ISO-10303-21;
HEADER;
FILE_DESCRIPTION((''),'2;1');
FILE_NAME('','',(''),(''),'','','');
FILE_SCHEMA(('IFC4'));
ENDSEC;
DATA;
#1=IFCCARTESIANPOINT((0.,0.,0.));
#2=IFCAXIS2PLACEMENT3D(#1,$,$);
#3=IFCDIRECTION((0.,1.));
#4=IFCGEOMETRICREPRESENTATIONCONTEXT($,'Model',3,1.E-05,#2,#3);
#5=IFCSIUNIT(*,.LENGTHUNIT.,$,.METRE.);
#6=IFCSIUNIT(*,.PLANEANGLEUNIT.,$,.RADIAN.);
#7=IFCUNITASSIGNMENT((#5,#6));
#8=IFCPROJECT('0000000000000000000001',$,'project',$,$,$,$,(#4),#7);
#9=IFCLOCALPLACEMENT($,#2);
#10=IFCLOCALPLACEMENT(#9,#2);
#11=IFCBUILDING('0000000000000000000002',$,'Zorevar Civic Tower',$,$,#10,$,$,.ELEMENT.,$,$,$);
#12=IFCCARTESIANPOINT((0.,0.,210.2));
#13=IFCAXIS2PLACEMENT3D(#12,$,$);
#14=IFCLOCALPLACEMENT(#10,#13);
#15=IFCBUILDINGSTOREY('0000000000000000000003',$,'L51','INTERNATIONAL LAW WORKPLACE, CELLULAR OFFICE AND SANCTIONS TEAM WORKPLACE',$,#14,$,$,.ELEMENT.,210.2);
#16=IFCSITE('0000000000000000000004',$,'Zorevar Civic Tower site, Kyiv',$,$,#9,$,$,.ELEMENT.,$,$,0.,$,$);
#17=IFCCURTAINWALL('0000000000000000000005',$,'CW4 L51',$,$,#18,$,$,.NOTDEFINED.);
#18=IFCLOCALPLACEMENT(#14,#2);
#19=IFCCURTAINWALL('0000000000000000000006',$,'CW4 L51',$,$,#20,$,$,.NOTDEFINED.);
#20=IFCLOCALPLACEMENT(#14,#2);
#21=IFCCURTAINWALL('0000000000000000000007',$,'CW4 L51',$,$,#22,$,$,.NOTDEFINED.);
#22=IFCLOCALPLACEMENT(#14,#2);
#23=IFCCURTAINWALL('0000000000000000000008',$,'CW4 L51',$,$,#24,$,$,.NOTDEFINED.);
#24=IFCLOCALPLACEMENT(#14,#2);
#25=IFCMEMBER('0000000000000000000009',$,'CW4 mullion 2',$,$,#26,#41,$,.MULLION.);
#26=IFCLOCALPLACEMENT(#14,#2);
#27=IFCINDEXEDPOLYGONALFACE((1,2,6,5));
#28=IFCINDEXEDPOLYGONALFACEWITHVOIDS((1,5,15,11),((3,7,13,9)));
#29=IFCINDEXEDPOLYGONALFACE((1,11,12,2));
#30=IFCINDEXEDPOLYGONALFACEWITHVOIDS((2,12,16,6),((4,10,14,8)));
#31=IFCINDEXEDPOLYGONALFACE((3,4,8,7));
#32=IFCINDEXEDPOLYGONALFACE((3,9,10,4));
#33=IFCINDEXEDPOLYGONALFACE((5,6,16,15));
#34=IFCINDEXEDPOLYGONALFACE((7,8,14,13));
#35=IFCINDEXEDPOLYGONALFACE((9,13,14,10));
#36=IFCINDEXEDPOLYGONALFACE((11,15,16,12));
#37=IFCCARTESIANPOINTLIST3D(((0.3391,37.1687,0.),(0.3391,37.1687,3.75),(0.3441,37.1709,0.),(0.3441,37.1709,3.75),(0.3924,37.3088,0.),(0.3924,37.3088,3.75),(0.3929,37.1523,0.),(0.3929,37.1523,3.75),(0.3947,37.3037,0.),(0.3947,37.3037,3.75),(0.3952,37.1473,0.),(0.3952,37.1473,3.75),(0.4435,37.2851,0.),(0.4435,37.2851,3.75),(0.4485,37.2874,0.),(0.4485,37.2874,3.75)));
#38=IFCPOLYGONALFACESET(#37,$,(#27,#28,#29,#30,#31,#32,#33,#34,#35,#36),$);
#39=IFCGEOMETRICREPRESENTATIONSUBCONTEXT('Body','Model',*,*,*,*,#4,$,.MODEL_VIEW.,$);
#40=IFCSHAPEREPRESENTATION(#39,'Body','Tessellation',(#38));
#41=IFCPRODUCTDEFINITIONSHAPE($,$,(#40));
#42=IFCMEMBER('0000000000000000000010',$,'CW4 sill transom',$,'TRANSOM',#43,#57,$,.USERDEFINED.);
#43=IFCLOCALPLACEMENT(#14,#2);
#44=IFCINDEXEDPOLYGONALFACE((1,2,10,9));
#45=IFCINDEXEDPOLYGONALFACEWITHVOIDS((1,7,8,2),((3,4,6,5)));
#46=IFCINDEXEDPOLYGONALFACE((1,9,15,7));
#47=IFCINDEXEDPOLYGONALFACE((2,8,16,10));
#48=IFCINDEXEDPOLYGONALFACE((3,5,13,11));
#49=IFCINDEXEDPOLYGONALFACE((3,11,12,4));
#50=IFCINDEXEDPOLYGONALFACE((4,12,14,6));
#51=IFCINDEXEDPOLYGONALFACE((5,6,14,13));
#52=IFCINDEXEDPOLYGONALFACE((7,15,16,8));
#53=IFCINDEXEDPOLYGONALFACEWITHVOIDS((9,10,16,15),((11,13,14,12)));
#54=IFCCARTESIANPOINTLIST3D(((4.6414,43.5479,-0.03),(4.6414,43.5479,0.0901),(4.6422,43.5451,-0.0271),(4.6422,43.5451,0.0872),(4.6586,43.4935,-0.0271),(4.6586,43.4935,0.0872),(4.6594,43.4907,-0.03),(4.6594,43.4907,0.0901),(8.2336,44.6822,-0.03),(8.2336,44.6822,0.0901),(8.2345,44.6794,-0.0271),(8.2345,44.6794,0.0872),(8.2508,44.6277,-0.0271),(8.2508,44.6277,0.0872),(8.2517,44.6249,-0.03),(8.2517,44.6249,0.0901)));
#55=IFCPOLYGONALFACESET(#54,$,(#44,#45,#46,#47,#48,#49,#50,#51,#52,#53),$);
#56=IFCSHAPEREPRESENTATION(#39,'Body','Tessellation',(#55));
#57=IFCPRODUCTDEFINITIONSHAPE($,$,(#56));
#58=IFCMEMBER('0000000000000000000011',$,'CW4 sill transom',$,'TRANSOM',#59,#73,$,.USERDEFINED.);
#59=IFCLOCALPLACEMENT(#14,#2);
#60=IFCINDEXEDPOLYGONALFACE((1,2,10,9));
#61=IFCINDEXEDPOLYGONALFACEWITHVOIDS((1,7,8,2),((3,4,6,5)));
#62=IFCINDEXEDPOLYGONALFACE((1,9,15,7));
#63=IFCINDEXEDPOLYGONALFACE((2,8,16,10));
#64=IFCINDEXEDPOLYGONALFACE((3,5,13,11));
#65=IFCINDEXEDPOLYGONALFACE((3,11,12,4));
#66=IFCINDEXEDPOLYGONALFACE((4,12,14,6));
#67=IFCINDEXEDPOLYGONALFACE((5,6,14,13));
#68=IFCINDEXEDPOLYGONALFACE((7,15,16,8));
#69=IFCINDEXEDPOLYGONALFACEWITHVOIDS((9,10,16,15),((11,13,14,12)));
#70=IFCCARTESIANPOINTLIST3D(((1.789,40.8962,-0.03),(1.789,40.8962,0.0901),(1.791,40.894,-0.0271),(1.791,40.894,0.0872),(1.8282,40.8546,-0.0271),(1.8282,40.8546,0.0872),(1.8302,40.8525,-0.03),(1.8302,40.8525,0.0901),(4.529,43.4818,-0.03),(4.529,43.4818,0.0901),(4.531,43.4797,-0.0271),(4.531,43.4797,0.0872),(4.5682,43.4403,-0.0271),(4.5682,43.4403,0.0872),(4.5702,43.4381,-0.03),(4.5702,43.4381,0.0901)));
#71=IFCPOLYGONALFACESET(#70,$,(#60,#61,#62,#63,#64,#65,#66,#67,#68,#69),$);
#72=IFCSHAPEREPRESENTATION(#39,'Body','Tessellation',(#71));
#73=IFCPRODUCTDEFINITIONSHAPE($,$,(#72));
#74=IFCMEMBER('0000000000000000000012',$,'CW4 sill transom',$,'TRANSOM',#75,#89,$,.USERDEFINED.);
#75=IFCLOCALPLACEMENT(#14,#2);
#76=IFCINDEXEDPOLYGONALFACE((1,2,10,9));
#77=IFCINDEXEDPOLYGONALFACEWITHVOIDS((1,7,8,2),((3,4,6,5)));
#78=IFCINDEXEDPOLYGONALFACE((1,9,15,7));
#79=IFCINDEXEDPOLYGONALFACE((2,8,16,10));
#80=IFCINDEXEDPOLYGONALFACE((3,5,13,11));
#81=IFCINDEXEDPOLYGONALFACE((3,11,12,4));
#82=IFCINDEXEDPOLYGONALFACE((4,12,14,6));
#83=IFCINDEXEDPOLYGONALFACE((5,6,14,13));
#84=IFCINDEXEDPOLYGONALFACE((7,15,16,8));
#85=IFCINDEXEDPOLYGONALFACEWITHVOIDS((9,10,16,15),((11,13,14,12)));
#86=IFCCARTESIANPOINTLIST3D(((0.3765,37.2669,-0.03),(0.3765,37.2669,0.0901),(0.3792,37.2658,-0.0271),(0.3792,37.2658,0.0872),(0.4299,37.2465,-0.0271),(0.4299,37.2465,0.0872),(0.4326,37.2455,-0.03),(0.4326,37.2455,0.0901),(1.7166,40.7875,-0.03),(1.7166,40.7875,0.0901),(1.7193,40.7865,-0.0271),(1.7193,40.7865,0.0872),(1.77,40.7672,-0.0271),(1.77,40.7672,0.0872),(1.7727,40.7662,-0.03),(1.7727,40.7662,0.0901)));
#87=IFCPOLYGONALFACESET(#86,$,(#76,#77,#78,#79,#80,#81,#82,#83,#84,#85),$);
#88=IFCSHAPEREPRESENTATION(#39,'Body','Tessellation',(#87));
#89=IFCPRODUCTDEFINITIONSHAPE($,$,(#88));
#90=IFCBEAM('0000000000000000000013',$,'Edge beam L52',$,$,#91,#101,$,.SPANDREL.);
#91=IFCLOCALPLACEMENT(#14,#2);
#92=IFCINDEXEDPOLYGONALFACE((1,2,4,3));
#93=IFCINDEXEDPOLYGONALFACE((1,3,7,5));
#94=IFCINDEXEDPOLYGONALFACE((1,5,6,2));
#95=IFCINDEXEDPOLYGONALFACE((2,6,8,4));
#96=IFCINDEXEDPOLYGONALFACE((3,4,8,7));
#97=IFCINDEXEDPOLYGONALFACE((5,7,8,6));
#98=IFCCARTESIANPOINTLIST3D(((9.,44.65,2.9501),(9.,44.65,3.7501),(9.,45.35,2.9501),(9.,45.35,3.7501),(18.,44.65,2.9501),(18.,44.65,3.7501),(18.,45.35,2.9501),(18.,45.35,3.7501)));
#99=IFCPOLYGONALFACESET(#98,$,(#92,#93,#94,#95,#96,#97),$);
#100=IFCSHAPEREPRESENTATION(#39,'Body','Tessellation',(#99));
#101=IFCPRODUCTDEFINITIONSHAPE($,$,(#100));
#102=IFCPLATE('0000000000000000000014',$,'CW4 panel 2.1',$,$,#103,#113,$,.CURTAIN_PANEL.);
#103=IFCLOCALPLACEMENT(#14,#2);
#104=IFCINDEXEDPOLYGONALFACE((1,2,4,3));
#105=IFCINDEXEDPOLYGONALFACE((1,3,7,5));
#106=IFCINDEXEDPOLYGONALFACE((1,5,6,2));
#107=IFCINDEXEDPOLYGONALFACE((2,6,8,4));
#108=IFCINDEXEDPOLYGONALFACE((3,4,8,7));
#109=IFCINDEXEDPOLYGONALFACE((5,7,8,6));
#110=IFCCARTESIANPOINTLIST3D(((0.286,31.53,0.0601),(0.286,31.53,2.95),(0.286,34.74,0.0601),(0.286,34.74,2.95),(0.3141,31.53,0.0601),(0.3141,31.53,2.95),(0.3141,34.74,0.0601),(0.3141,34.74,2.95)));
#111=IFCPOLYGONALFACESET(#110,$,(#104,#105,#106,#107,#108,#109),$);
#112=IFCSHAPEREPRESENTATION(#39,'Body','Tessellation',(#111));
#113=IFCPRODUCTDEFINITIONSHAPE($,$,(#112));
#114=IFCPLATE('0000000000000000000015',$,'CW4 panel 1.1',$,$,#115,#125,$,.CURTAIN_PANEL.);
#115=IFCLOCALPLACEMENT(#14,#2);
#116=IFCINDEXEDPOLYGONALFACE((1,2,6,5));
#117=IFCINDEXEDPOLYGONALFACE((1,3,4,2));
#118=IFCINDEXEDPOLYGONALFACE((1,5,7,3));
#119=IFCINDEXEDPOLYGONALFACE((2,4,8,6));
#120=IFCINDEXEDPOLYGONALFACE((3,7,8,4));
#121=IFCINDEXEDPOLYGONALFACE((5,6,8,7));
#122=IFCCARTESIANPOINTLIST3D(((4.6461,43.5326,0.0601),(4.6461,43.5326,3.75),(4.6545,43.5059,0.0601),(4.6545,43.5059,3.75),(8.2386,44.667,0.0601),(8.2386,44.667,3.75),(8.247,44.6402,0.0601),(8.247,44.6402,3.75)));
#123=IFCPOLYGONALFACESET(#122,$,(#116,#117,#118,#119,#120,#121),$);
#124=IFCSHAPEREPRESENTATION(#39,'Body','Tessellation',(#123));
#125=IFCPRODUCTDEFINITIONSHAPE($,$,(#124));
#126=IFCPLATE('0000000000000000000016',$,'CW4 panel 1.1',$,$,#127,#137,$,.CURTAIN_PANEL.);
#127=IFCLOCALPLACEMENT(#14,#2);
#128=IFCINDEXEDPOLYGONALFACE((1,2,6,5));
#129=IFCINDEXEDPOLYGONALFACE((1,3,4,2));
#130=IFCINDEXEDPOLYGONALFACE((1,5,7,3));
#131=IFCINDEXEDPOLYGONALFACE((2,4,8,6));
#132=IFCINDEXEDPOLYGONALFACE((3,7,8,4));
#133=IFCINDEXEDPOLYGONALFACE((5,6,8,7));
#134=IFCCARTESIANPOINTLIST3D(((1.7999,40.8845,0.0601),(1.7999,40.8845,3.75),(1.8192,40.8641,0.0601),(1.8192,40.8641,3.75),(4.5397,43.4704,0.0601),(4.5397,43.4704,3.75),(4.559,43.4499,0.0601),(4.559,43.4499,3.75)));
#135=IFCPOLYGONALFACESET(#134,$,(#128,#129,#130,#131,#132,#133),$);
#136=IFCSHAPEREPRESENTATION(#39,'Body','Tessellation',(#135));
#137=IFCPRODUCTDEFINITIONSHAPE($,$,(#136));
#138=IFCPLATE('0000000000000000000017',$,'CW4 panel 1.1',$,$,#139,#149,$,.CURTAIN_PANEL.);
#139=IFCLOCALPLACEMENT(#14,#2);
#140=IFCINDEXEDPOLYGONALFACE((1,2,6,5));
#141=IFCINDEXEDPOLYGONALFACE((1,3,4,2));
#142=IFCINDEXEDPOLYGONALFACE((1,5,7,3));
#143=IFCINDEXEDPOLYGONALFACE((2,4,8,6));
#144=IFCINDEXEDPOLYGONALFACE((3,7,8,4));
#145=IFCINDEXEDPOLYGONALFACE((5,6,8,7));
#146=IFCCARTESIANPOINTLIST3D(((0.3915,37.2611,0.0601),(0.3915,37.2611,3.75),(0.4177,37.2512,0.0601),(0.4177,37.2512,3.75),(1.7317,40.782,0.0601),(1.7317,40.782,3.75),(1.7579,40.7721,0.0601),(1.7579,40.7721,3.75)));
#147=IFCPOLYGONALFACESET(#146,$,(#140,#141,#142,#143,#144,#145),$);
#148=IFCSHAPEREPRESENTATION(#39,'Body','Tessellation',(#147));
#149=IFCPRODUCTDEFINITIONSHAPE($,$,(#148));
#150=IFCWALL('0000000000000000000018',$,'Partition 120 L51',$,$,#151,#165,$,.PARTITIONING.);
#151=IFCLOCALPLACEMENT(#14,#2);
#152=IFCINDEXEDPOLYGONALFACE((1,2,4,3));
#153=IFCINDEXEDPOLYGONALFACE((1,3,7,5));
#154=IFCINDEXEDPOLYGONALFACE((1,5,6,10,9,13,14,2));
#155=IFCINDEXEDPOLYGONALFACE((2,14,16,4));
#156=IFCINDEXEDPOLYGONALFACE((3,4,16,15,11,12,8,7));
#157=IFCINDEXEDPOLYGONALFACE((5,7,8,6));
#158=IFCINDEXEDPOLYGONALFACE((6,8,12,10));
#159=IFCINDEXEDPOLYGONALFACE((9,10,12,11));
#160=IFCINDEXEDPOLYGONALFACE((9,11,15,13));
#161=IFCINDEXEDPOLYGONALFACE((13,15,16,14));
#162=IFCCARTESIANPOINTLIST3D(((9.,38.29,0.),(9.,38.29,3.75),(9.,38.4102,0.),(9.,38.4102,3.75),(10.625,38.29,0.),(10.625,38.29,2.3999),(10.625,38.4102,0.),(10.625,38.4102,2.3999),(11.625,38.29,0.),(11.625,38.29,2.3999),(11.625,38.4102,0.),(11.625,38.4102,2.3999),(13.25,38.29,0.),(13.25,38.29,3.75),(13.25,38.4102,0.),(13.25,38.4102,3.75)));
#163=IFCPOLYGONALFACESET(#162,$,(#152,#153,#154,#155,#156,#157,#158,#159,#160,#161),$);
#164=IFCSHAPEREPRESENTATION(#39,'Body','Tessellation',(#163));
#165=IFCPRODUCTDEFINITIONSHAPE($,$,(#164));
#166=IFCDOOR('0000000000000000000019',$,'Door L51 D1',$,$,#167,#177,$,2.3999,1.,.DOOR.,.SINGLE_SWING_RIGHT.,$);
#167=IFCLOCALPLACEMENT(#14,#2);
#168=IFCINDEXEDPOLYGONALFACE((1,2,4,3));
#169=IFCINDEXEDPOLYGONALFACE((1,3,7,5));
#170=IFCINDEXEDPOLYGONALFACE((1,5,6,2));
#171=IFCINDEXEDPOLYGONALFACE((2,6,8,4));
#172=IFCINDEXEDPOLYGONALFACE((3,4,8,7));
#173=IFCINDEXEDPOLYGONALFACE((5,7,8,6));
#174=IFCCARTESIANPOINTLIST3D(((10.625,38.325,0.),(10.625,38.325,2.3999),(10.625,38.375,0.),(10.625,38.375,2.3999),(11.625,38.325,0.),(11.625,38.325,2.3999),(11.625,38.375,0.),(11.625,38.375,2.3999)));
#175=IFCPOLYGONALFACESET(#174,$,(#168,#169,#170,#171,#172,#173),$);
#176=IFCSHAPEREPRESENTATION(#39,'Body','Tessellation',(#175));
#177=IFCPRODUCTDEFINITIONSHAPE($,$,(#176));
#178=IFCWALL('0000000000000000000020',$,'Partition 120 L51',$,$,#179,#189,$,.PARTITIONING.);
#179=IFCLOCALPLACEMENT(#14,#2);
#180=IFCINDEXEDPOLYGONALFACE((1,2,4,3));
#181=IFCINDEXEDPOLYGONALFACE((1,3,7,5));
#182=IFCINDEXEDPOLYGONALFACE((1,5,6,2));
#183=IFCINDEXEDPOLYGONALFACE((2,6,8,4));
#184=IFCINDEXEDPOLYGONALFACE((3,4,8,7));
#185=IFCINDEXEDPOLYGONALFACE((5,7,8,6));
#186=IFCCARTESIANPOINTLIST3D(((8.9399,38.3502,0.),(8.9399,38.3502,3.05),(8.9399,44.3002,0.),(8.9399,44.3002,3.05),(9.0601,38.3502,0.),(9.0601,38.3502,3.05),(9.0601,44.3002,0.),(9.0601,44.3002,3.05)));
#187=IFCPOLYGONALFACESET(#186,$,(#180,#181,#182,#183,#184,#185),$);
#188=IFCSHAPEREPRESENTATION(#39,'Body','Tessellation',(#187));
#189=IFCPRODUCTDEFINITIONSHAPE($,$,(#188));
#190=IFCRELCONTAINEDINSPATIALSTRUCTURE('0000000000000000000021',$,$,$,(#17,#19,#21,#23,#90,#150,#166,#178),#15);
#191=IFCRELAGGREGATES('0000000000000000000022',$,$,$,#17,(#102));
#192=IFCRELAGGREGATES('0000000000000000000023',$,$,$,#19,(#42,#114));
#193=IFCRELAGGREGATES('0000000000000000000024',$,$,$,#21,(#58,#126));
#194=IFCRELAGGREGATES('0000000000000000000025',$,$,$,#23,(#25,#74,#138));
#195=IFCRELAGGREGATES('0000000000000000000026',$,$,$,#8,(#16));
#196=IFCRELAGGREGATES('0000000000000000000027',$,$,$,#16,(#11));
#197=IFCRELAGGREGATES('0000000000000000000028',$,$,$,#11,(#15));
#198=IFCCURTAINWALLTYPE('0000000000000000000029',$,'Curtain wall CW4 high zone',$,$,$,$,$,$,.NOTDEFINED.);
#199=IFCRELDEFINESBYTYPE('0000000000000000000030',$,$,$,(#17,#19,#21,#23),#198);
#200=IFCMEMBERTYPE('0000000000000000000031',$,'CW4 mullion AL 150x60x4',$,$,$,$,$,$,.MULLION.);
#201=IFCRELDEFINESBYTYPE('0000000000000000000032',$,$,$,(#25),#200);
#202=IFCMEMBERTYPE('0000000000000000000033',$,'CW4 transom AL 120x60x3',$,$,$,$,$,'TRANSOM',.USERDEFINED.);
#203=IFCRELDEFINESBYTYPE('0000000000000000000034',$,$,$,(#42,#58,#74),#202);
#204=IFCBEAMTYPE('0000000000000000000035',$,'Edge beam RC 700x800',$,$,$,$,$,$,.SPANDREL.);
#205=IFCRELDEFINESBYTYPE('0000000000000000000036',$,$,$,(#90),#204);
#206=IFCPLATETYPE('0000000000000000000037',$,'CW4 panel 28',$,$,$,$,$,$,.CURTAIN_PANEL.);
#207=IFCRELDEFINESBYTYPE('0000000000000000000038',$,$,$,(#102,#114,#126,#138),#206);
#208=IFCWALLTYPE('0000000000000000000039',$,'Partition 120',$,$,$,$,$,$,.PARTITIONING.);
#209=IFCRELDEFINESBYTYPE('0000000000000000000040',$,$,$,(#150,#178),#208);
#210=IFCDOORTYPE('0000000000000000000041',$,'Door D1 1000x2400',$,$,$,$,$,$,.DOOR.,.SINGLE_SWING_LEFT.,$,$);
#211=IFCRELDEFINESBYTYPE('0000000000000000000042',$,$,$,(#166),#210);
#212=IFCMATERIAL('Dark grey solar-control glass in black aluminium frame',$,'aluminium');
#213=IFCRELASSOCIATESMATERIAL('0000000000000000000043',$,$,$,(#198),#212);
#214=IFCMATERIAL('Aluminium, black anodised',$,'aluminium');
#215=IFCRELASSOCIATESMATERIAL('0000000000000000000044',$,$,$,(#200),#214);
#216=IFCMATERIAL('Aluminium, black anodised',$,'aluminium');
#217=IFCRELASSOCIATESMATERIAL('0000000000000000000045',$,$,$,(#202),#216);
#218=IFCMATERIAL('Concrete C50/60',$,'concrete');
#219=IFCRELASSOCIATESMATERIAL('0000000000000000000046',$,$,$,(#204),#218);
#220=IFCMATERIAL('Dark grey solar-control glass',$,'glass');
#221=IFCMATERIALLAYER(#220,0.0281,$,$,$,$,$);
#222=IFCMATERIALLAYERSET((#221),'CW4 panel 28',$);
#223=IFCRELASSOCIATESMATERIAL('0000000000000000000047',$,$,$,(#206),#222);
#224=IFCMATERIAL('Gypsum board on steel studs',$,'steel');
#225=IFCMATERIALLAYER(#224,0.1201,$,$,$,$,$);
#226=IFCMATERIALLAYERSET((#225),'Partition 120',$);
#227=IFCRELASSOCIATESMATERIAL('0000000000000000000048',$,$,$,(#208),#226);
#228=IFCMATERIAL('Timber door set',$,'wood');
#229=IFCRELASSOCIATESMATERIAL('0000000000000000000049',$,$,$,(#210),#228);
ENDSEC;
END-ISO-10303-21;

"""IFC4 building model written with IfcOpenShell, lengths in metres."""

from ifc_helpers import new_model, si_unit, direction, frame, frame_2d, origin, origin_2d, place, context, subcontext, project, spatial, rectangle, hollow_rectangle, extrude, material, layer, layer_set, material_profile, profile_set, type_object, element, fill, aggregate, save


model = new_model("IFC4")

# Units and contexts
model_context = context("Model", 3, precision=1e-05, world=origin(), true_north=direction((0.0, 1.0)))
body_context = subcontext(model_context, "Body", "Model", "MODEL_VIEW")
ifc_project = project(units=[si_unit("LENGTHUNIT", "METRE"), si_unit("PLANEANGLEUNIT", "RADIAN")], contexts=[model_context])

# Site, building, storey
site_placement = place(None, origin())
site = spatial("IfcSite", under=ifc_project, at=site_placement, Name="Zorevar Civic Tower site, Kyiv", CompositionType="ELEMENT", RefElevation=0.0)
building_placement = place(site_placement, origin())
building = spatial("IfcBuilding", under=site, at=building_placement, Name="Zorevar Civic Tower", CompositionType="ELEMENT")
storey_placement = place(building_placement, frame((0.0, 0.0, 210.2)))
storey = spatial("IfcBuildingStorey", under=building, at=storey_placement, Name="L51", Description="INTERNATIONAL LAW WORKPLACE, CELLULAR OFFICE AND SANCTIONS TEAM WORKPLACE", CompositionType="ELEMENT", Elevation=210.2)

# Curtain wall
ifc_material_1 = material(Name="Dark grey solar-control glass in black aluminium frame", Category="aluminium")
curtain_wall_type = type_object("IfcCurtainWallType", Name="Curtain wall CW4 high zone", PredefinedType="NOTDEFINED", material=ifc_material_1)
curtain_wall_1_placement = place(storey_placement, origin())
curtain_wall_1 = element("IfcCurtainWall", 1, at=curtain_wall_1_placement, inside=storey, type_object=curtain_wall_type, Name="CW4 L51", PredefinedType="NOTDEFINED")
ifc_material_2 = material(Name="Aluminium, black anodised", Category="aluminium")
ifc_material_profile_1 = material_profile(ifc_material_2, hollow_rectangle(XDim=0.0601, YDim=0.1499, WallThickness=0.0039, at=origin_2d()), Name="AL 150x60x4")
ifc_profile_set_1 = profile_set([ifc_material_profile_1], Name="Aluminium, black anodised")
member_type_1 = type_object("IfcMemberType", Name="CW4 mullion AL 150x60x4", PredefinedType="MULLION", material=ifc_profile_set_1)

# Curtain walls, member
curtain_wall_2_placement = place(storey_placement, origin())
curtain_wall_2 = element("IfcCurtainWall", 2, at=curtain_wall_2_placement, inside=storey, type_object=curtain_wall_type, Name="CW4 L51", PredefinedType="NOTDEFINED")
curtain_wall_3_placement = place(storey_placement, origin())
curtain_wall_3 = element("IfcCurtainWall", 3, at=curtain_wall_3_placement, inside=storey, type_object=curtain_wall_type, Name="CW4 L51", PredefinedType="NOTDEFINED")
curtain_wall_4_placement = place(storey_placement, origin())
curtain_wall_4 = element("IfcCurtainWall", 4, at=curtain_wall_4_placement, inside=storey, type_object=curtain_wall_type, Name="CW4 L51", PredefinedType="NOTDEFINED")
member_1_placement = place(storey_placement, frame((0.3938, 37.228, 0.0), z_axis=(0.0, 0.0, 1.0), x_axis=(0.934588, -0.355731, 0.0)))
member_1 = element("IfcMember", 5, at=member_1_placement, type_object=member_type_1, Name="CW4 mullion 2", PredefinedType="MULLION", context=body_context, shape_type="SweptSolid", body=[
    extrude(hollow_rectangle(XDim=0.0601, YDim=0.1499, WallThickness=0.0039, at=origin_2d()), origin(), (0.0, 0.0, 1.0), 3.75),
])

# Members
ifc_material_3 = material(Name="Aluminium, black anodised", Category="aluminium")
ifc_material_profile_2 = material_profile(ifc_material_3, hollow_rectangle(XDim=0.0601, YDim=0.1201, WallThickness=0.0029, at=origin_2d()), Name="AL 120x60x3")
ifc_profile_set_2 = profile_set([ifc_material_profile_2], Name="Aluminium, black anodised")
member_type_2 = type_object("IfcMemberType", Name="CW4 transom AL 120x60x3", ElementType="TRANSOM", PredefinedType="USERDEFINED", material=ifc_profile_set_2)
member_2_placement = place(storey_placement, frame((8.2427, 44.6536, 0.03), z_axis=(-0.953592, -0.3011, 0.0), x_axis=(0.3011, -0.953592, 0.0)))
member_2 = element("IfcMember", 6, at=member_2_placement, type_object=member_type_2, Name="CW4 sill transom", ObjectType="TRANSOM", PredefinedType="USERDEFINED", context=body_context, shape_type="SweptSolid", body=[
    extrude(hollow_rectangle(XDim=0.0601, YDim=0.1201, WallThickness=0.0029, at=origin_2d()), origin(), (0.0, 0.0, 1.0), 3.7671),
])
member_3_placement = place(storey_placement, frame((4.5496, 43.46, 0.03), z_axis=(-0.727288, -0.686332, 0.0), x_axis=(0.686332, -0.727288, 0.0)))
member_3 = element("IfcMember", 7, at=member_3_placement, type_object=member_type_2, Name="CW4 sill transom", ObjectType="TRANSOM", PredefinedType="USERDEFINED", context=body_context, shape_type="SweptSolid", body=[
    extrude(hollow_rectangle(XDim=0.0601, YDim=0.1201, WallThickness=0.0029, at=origin_2d()), origin(), (0.0, 0.0, 1.0), 3.7673),
])
member_4_placement = place(storey_placement, frame((1.7446, 40.7769, 0.03), z_axis=(-0.355729, -0.934589, 0.0), x_axis=(0.934589, -0.355729, 0.0)))
member_4 = element("IfcMember", 8, at=member_4_placement, type_object=member_type_2, Name="CW4 sill transom", ObjectType="TRANSOM", PredefinedType="USERDEFINED", context=body_context, shape_type="SweptSolid", body=[
    extrude(hollow_rectangle(XDim=0.0601, YDim=0.1201, WallThickness=0.0029, at=origin_2d()), origin(), (0.0, 0.0, 1.0), 3.7671),
])

# Beam
ifc_material_4 = material(Name="Concrete C50/60", Category="concrete")
ifc_material_profile_3 = material_profile(ifc_material_4, rectangle(XDim=0.7, YDim=0.8, at=origin_2d()), Name="RC 700x800")
ifc_profile_set_3 = profile_set([ifc_material_profile_3], Name="Concrete C50/60")
beam_type_1 = type_object("IfcBeamType", Name="Edge beam RC 700x800", PredefinedType="SPANDREL", material=ifc_profile_set_3)
beam_1_placement = place(storey_placement, frame((9.0, 45.0, 3.3501), z_axis=(1.0, 0.0, 0.0), x_axis=(0.0, 1.0, 0.0)))
element("IfcBeam", 9, at=beam_1_placement, inside=storey, type_object=beam_type_1, Name="Edge beam L52", PredefinedType="SPANDREL", context=body_context, shape_type="SweptSolid", body=[
    extrude(rectangle(XDim=0.7, YDim=0.8, at=origin_2d()), origin(), (0.0, 0.0, 1.0), 9.0),
])

# Plates
ifc_material_5 = material(Name="Dark grey solar-control glass", Category="glass")
ifc_layer_1 = layer(ifc_material_5, 0.0281)
ifc_layer_set_1 = layer_set([ifc_layer_1], Name="CW4 panel 28")
plate_type = type_object("IfcPlateType", Name="CW4 panel 28", PredefinedType="CURTAIN_PANEL", material=ifc_layer_set_1)
plate_1_placement = place(storey_placement, frame((0.3, 33.135, 0.0601), z_axis=(0.0, 0.0, 1.0), x_axis=(0.0, 1.0, 0.0)))
plate_1 = element("IfcPlate", 10, at=plate_1_placement, type_object=plate_type, Name="CW4 panel 2.1", PredefinedType="CURTAIN_PANEL", context=body_context, shape_type="SweptSolid", body=[
    extrude(rectangle(XDim=3.21, YDim=0.0281, at=origin_2d()), origin(), (0.0, 0.0, 1.0), 2.8899),
])
aggregate(curtain_wall_1, [plate_1])
plate_2_placement = place(storey_placement, frame((6.4465, 44.0864, 0.0601), z_axis=(0.0, 0.0, 1.0), x_axis=(-0.95359, -0.301108, 0.0)))
plate_2 = element("IfcPlate", 11, at=plate_2_placement, type_object=plate_type, Name="CW4 panel 1.1", PredefinedType="CURTAIN_PANEL", context=body_context, shape_type="SweptSolid", body=[
    extrude(rectangle(XDim=3.7673, YDim=0.0281, at=origin_2d()), origin(), (0.0, 0.0, 1.0), 3.6899),
])
aggregate(curtain_wall_2, [member_2, plate_2])
plate_3_placement = place(storey_placement, frame((3.1794, 42.1672, 0.0601), z_axis=(0.0, 0.0, 1.0), x_axis=(-0.727245, -0.686378, 0.0)))
plate_3 = element("IfcPlate", 12, at=plate_3_placement, type_object=plate_type, Name="CW4 panel 1.1", PredefinedType="CURTAIN_PANEL", context=body_context, shape_type="SweptSolid", body=[
    extrude(rectangle(XDim=3.7673, YDim=0.0281, at=origin_2d()), origin(), (0.0, 0.0, 1.0), 3.6899),
])
aggregate(curtain_wall_3, [member_3, plate_3])
plate_4_placement = place(storey_placement, frame((1.0747, 39.0166, 0.0601), z_axis=(0.0, 0.0, 1.0), x_axis=(-0.355731, -0.934588, 0.0)))
plate_4 = element("IfcPlate", 13, at=plate_4_placement, type_object=plate_type, Name="CW4 panel 1.1", PredefinedType="CURTAIN_PANEL", context=body_context, shape_type="SweptSolid", body=[
    extrude(rectangle(XDim=3.7673, YDim=0.0281, at=origin_2d()), origin(), (0.0, 0.0, 1.0), 3.6899),
])
aggregate(curtain_wall_4, [member_1, member_4, plate_4])

# Wall, opening, door
ifc_material_6 = material(Name="Gypsum board on steel studs", Category="steel")
ifc_layer_2 = layer(ifc_material_6, 0.1201)
ifc_layer_set_2 = layer_set([ifc_layer_2], Name="Partition 120")
wall_type = type_object("IfcWallType", Name="Partition 120", PredefinedType="PARTITIONING", material=ifc_layer_set_2)
wall_1_placement = place(storey_placement, frame((9.0, 38.3501, 0.0), z_axis=(0.0, 0.0, 1.0), x_axis=(1.0, 0.0, 0.0)))
wall_1 = element("IfcWall", 14, at=wall_1_placement, inside=storey, type_object=wall_type, Name="Partition 120 L51", PredefinedType="PARTITIONING", context=body_context, shape_type="SweptSolid", body=[
    extrude(rectangle(XDim=4.25, YDim=0.1201, at=frame_2d((2.125, 0.0))), origin(), (0.0, 0.0, 1.0), 3.75),
])
opening_placement = place(wall_1_placement, frame((1.625, 0.0, 0.0)))
opening = element("IfcOpeningElement", 15, at=opening_placement, cuts=wall_1, PredefinedType="OPENING", context=body_context, shape_type="SweptSolid", body=[
    extrude(rectangle(XDim=1.0, YDim=2.3999, at=frame_2d((0.5, 1.2))), frame((0.0, 0.0701, 0.0), z_axis=(0.0, -1.0, 0.0), x_axis=(1.0, 0.0, 0.0)), (0.0, 0.0, 1.0), 0.1401),
])
ifc_material_7 = material(Name="Timber door set", Category="wood")
door_type = type_object("IfcDoorType", Name="Door D1 1000x2400", OperationType="SINGLE_SWING_LEFT", PredefinedType="DOOR", material=ifc_material_7)
door_placement = place(opening_placement, origin())
door = element("IfcDoor", 16, at=door_placement, inside=storey, type_object=door_type, Name="Door L51 D1", OperationType="SINGLE_SWING_RIGHT", OverallHeight=2.3999, OverallWidth=1.0, PredefinedType="DOOR", context=body_context, shape_type="SweptSolid", body=[
    extrude(rectangle(XDim=1.0, YDim=2.3999, at=frame_2d((0.5, 1.2))), frame((0.0, 0.0249, 0.0), z_axis=(0.0, -1.0, 0.0), x_axis=(1.0, 0.0, 0.0)), (0.0, 0.0, 1.0), 0.05),
])
fill(opening, door)

# Wall
wall_2_placement = place(storey_placement, frame((9.0, 38.3501, 0.0), z_axis=(0.0, 0.0, 1.0), x_axis=(0.0, 1.0, 0.0)))
element("IfcWall", 17, at=wall_2_placement, inside=storey, type_object=wall_type, Name="Partition 120 L51", PredefinedType="PARTITIONING", context=body_context, shape_type="SweptSolid", body=[
    extrude(rectangle(XDim=5.95, YDim=0.1201, at=frame_2d((2.9751, 0.0))), origin(), (0.0, 0.0, 1.0), 3.05),
])

save(model, "model.ifc")
